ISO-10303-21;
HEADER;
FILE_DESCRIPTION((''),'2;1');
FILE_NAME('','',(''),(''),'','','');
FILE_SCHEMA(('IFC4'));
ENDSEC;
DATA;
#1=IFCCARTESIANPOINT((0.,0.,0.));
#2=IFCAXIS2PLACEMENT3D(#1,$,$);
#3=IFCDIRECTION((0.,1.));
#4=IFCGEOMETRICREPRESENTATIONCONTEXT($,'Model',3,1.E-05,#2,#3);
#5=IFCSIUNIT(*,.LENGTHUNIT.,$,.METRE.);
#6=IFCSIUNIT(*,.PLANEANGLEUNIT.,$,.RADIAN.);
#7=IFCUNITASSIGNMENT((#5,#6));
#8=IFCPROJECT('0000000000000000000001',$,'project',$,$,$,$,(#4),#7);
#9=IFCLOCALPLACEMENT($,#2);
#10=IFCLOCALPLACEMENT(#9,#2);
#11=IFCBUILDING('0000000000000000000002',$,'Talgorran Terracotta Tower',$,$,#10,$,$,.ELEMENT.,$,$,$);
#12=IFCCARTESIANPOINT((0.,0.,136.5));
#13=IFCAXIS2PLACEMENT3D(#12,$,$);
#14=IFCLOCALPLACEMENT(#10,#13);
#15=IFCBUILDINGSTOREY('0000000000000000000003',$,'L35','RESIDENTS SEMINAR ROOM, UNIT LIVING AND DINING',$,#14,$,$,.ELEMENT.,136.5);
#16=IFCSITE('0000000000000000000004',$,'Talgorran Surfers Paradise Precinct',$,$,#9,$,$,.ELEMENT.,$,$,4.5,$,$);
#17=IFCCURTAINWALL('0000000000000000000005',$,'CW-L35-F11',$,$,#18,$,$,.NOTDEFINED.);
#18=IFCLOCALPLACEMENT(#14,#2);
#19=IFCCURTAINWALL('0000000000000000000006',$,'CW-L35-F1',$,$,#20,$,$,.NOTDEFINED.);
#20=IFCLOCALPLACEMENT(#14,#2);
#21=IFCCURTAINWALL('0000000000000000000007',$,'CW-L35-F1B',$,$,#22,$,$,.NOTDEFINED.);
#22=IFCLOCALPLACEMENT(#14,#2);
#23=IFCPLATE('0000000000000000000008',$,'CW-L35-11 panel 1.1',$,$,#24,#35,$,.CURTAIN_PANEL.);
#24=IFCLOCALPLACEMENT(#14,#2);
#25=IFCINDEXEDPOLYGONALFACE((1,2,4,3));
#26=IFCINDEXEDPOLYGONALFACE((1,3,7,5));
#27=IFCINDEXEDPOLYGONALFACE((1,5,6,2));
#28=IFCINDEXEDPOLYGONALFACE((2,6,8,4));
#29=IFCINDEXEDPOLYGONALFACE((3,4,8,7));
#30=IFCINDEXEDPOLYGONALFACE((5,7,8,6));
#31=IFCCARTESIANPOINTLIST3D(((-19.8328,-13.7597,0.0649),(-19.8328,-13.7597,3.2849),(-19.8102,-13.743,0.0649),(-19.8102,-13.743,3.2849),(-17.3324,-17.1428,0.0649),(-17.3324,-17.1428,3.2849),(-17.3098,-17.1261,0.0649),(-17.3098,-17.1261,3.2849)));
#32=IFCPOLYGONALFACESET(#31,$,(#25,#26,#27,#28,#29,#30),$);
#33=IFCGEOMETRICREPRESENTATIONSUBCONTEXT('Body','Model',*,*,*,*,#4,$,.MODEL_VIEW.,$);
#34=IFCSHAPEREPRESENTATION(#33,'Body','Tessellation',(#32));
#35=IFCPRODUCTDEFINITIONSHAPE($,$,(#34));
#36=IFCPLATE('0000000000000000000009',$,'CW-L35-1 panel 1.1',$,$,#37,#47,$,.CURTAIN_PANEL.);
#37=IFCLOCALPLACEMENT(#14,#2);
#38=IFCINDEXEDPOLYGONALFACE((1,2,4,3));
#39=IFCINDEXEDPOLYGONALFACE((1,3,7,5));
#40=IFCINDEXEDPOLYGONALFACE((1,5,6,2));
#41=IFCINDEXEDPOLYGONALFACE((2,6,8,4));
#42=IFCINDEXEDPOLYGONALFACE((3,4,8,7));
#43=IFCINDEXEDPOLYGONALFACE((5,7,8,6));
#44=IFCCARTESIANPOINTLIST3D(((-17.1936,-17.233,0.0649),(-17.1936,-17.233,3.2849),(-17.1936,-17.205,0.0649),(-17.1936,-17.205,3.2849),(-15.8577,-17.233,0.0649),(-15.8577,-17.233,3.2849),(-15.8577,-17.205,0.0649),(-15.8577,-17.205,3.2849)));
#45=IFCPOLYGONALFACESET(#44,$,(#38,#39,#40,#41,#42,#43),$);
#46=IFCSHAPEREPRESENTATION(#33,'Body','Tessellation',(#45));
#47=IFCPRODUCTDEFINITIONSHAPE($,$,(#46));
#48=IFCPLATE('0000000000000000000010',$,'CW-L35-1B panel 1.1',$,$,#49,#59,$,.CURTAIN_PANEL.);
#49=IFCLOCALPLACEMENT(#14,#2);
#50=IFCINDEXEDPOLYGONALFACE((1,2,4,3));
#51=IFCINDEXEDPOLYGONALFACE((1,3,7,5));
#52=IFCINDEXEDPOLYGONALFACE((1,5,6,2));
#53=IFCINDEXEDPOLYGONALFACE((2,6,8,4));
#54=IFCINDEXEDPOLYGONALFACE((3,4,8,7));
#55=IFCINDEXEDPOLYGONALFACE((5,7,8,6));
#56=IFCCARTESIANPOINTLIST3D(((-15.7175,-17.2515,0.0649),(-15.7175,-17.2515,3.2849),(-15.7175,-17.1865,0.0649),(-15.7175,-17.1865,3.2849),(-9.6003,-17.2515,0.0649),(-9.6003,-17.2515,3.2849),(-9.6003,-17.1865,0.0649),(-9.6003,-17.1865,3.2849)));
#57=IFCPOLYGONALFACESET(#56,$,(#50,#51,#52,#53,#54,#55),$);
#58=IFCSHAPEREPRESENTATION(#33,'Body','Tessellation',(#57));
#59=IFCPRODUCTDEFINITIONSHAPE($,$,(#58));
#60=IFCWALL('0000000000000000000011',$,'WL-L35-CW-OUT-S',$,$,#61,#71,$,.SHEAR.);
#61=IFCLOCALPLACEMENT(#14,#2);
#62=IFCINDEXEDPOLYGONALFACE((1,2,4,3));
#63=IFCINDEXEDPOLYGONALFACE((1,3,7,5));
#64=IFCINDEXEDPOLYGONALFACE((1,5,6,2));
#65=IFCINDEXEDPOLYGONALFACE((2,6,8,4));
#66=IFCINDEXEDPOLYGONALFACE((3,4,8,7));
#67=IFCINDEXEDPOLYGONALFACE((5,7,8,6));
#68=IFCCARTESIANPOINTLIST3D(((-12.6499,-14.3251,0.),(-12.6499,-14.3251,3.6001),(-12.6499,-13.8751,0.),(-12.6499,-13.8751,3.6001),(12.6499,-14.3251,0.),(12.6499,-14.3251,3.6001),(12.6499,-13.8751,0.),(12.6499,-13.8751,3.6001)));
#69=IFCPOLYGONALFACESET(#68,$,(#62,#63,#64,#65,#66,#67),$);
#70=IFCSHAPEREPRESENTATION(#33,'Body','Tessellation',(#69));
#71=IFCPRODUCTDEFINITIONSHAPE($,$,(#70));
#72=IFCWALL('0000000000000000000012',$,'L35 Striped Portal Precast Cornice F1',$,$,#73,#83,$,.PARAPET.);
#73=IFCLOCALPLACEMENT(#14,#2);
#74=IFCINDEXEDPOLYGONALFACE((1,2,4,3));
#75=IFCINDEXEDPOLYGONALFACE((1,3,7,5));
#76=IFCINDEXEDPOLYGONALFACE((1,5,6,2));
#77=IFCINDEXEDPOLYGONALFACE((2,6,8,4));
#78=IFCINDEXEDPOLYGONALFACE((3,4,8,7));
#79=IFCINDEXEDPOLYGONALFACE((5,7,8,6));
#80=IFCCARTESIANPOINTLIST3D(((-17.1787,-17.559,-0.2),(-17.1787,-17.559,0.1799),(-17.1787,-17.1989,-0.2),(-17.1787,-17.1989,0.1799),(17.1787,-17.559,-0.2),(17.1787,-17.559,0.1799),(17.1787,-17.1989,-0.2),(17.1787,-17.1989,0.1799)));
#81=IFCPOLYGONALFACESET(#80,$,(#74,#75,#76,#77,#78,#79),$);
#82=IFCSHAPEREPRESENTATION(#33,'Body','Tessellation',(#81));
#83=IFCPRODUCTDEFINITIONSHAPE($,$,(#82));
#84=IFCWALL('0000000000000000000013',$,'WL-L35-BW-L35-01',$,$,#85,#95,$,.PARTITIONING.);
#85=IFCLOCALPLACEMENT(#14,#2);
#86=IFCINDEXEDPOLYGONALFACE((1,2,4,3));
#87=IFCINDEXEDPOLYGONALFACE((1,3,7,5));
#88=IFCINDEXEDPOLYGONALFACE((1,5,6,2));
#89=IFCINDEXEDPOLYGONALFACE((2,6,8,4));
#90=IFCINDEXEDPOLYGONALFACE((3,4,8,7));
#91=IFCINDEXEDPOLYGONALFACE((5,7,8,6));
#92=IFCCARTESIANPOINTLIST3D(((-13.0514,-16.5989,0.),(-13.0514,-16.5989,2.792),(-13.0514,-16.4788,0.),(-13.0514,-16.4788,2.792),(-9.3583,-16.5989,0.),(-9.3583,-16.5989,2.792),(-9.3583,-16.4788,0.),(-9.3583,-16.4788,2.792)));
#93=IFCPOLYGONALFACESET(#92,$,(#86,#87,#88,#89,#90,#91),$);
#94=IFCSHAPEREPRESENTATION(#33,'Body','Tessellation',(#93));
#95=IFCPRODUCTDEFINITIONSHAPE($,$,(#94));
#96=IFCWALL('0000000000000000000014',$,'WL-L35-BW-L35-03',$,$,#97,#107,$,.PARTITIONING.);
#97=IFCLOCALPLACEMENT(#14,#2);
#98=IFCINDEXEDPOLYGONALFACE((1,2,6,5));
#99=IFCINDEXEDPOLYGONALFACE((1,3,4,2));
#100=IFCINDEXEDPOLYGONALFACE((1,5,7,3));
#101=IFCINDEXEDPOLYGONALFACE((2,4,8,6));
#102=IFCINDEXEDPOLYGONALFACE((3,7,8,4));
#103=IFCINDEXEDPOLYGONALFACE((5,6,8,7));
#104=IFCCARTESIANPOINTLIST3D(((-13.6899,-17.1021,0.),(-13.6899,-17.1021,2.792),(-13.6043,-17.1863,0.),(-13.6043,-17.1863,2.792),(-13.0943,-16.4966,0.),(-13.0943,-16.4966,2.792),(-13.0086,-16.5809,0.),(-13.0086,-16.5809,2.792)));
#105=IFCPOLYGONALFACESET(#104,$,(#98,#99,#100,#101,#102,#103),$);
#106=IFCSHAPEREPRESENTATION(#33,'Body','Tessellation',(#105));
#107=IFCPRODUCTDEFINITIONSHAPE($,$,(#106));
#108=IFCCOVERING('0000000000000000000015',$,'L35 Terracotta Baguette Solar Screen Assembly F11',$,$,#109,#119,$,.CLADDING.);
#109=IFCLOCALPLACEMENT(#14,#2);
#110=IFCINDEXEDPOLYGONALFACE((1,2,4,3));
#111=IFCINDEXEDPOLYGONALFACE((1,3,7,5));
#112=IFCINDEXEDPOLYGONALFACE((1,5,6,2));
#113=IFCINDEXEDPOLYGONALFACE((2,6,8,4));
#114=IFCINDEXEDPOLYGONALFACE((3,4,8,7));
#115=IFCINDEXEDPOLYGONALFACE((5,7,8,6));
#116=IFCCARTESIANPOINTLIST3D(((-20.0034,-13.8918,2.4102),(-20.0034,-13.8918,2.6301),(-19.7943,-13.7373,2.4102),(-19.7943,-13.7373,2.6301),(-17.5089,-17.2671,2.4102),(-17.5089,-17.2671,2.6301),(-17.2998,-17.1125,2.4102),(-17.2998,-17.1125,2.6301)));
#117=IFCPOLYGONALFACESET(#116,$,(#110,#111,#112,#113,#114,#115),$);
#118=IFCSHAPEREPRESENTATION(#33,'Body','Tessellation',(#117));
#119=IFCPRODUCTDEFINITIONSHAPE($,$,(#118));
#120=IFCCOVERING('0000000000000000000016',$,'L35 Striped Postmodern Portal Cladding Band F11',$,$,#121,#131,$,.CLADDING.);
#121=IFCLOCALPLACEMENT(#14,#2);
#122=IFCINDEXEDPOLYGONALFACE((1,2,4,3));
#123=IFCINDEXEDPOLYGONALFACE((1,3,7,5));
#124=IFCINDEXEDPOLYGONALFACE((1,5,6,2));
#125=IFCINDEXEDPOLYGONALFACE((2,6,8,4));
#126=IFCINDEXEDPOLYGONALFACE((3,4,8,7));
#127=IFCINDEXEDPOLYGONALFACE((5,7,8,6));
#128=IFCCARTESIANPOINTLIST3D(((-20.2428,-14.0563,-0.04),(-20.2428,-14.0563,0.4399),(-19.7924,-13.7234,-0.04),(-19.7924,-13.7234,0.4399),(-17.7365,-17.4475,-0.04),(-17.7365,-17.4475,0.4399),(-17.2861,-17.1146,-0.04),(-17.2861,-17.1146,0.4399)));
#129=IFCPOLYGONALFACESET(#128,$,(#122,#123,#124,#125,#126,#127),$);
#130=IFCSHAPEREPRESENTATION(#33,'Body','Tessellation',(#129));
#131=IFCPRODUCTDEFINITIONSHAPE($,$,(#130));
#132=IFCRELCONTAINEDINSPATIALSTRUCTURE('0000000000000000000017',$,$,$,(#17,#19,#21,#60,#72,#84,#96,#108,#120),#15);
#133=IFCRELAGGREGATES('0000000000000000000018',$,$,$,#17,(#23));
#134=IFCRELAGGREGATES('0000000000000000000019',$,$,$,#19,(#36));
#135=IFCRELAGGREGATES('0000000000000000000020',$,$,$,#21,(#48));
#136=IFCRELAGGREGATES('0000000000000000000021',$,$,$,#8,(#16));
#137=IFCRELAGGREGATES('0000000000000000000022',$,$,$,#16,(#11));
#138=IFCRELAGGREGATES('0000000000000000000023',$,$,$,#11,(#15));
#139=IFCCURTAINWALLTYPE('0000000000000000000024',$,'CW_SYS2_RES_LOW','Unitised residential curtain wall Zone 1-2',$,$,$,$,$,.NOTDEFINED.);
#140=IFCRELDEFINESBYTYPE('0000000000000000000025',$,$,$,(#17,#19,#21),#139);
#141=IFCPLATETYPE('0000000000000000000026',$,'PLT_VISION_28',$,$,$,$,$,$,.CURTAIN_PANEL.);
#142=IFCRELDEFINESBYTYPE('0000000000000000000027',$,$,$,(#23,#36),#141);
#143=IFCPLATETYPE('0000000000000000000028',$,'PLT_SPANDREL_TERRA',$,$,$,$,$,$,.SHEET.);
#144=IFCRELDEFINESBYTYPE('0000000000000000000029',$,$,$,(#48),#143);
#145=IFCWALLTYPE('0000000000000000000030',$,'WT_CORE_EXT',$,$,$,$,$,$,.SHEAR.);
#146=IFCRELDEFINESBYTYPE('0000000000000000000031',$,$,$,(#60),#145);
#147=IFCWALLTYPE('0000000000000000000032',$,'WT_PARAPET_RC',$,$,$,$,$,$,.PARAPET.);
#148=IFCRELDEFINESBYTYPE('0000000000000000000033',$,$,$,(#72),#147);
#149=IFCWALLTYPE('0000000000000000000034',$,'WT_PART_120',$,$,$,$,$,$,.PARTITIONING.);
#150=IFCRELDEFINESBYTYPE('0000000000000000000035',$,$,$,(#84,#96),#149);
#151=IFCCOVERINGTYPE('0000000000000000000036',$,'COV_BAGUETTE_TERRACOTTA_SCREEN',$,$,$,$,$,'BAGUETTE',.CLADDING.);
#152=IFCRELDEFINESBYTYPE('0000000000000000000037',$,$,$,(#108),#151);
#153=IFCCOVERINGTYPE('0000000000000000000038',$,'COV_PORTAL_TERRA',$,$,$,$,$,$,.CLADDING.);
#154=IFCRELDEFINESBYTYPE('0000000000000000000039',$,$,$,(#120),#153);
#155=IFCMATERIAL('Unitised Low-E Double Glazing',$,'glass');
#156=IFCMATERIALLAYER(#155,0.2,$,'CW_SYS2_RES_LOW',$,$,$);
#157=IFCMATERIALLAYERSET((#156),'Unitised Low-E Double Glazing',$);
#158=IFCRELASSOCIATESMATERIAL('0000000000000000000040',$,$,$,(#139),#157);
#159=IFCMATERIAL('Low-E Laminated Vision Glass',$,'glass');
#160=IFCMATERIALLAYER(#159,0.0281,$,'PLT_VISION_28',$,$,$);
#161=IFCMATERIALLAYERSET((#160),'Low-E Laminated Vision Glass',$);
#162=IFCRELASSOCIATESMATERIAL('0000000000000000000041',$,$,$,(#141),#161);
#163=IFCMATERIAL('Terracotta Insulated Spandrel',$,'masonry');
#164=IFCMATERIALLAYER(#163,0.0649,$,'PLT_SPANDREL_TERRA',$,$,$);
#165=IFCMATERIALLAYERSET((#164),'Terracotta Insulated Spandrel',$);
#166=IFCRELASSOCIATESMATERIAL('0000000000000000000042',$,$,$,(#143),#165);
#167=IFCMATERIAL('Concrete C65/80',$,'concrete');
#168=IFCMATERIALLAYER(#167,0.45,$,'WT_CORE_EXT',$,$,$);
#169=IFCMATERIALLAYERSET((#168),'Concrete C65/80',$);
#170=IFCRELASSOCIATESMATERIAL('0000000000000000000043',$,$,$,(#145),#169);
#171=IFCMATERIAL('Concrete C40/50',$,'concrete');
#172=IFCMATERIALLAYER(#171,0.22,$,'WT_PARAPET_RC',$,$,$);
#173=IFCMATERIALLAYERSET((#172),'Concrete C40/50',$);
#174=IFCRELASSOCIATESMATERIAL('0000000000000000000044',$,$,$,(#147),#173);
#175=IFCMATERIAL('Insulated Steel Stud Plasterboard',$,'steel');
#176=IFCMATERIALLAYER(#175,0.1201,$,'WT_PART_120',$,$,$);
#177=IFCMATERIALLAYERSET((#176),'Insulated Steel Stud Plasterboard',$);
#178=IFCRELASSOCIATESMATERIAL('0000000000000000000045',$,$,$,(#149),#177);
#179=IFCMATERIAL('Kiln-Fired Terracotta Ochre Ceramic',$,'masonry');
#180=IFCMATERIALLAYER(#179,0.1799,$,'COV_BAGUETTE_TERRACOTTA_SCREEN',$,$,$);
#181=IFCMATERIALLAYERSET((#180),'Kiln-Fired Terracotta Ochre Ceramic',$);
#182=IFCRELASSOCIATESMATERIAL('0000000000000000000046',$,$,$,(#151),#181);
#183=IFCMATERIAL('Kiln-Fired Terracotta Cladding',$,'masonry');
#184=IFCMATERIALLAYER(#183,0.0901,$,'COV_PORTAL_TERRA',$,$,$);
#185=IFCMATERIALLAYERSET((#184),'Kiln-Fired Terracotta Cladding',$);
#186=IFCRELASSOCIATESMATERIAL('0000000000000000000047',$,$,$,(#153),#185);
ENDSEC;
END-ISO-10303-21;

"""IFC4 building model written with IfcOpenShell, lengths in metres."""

from ifc_helpers import new_model, si_unit, direction, frame, frame_2d, origin, origin_2d, place, context, subcontext, project, spatial, rectangle, extrude, source, transform, mapped, material, layer, layer_set, type_object, type_shapes, element, aggregate, save


model = new_model("IFC4")

# Units and contexts
model_context = context("Model", 3, precision=1e-05, world=origin(), true_north=direction((0.0, 1.0)))
body_context = subcontext(model_context, "Body", "Model", "MODEL_VIEW")
ifc_project = project(units=[si_unit("LENGTHUNIT", "METRE"), si_unit("PLANEANGLEUNIT", "RADIAN")], contexts=[model_context])

# Site, building, storey
site_placement = place(None, origin())
site = spatial("IfcSite", under=ifc_project, at=site_placement, Name="Talgorran Surfers Paradise Precinct", CompositionType="ELEMENT", RefElevation=4.5)
building_placement = place(site_placement, origin())
building = spatial("IfcBuilding", under=site, at=building_placement, Name="Talgorran Terracotta Tower", CompositionType="ELEMENT")
storey_placement = place(building_placement, frame((0.0, 0.0, 136.5)))
storey = spatial("IfcBuildingStorey", under=building, at=storey_placement, Name="L35", Description="RESIDENTS SEMINAR ROOM, UNIT LIVING AND DINING", CompositionType="ELEMENT", Elevation=136.5)

# Curtain wall
ifc_material_1 = material(Name="Unitised Low-E Double Glazing", Category="glass")
ifc_layer_1 = layer(ifc_material_1, 0.2, Name="CW_SYS2_RES_LOW")
ifc_layer_set_1 = layer_set([ifc_layer_1], Name="Unitised Low-E Double Glazing")
curtain_wall_type = type_object("IfcCurtainWallType", Name="CW_SYS2_RES_LOW", Description="Unitised residential curtain wall Zone 1-2", PredefinedType="NOTDEFINED", material=ifc_layer_set_1)
curtain_wall_1_placement = place(storey_placement, origin())
curtain_wall_1 = element("IfcCurtainWall", 1, at=curtain_wall_1_placement, inside=storey, type_object=curtain_wall_type, Name="CW-L35-F11", PredefinedType="NOTDEFINED")

# Curtain wall
curtain_wall_2_placement = place(storey_placement, origin())
curtain_wall_2 = element("IfcCurtainWall", 2, at=curtain_wall_2_placement, inside=storey, type_object=curtain_wall_type, Name="CW-L35-F1", PredefinedType="NOTDEFINED")

# Curtain wall
curtain_wall_3_placement = place(storey_placement, origin())
curtain_wall_3 = element("IfcCurtainWall", 3, at=curtain_wall_3_placement, inside=storey, type_object=curtain_wall_type, Name="CW-L35-F1B", PredefinedType="NOTDEFINED")

# Plates
ifc_material_2 = material(Name="Low-E Laminated Vision Glass", Category="glass")
ifc_layer_2 = layer(ifc_material_2, 0.0281, Name="PLT_VISION_28")
ifc_layer_set_2 = layer_set([ifc_layer_2], Name="Low-E Laminated Vision Glass")
plate_type_1 = type_object("IfcPlateType", Name="PLT_VISION_28", PredefinedType="CURTAIN_PANEL", material=ifc_layer_set_2)
shared_shape_1 = source(origin(), body_context, "Body", "SweptSolid", [
    extrude(rectangle(XDim=4.2068, YDim=0.0281, at=origin_2d()), origin(), (0.0, 0.0, 1.0), 3.22),
])
plate_1_placement = place(storey_placement, frame((-18.5713, -15.4429, 0.0649), z_axis=(0.0, 0.0, 1.0), x_axis=(0.594366, -0.804194, 0.0)))
plate_1 = element("IfcPlate", 4, at=plate_1_placement, type_object=plate_type_1, Name="CW-L35-11 panel 1.1", PredefinedType="CURTAIN_PANEL", context=body_context, shape_type="MappedRepresentation", body=[
    mapped(shared_shape_1, transform((0.0, 0.0, 0.0), scale=1.0)),
])
aggregate(curtain_wall_1, [plate_1])
shared_shape_2 = source(origin(), body_context, "Body", "SweptSolid", [
    extrude(rectangle(XDim=1.3359, YDim=0.0281, at=origin_2d()), origin(), (0.0, 0.0, 1.0), 3.22),
])
type_shapes(plate_type_1, [shared_shape_1, shared_shape_2])
plate_2_placement = place(storey_placement, frame((-16.5256, -17.219, 0.0649), z_axis=(0.0, 0.0, 1.0), x_axis=(1.0, 0.0, 0.0)))
plate_2 = element("IfcPlate", 5, at=plate_2_placement, type_object=plate_type_1, Name="CW-L35-1 panel 1.1", PredefinedType="CURTAIN_PANEL", context=body_context, shape_type="MappedRepresentation", body=[
    mapped(shared_shape_2, transform((0.0, 0.0, 0.0), scale=1.0)),
])
aggregate(curtain_wall_2, [plate_2])
ifc_material_3 = material(Name="Terracotta Insulated Spandrel", Category="masonry")
ifc_layer_3 = layer(ifc_material_3, 0.0649, Name="PLT_SPANDREL_TERRA")
ifc_layer_set_3 = layer_set([ifc_layer_3], Name="Terracotta Insulated Spandrel")
plate_type_2 = type_object("IfcPlateType", Name="PLT_SPANDREL_TERRA", PredefinedType="SHEET", material=ifc_layer_set_3)
shared_shape_3 = source(origin(), body_context, "Body", "SweptSolid", [
    extrude(rectangle(XDim=6.1172, YDim=0.0649, at=origin_2d()), origin(), (0.0, 0.0, 1.0), 3.22),
])
type_shapes(plate_type_2, [shared_shape_3])
plate_3_placement = place(storey_placement, frame((-12.6589, -17.219, 0.0649), z_axis=(0.0, 0.0, 1.0), x_axis=(1.0, 0.0, 0.0)))
plate_3 = element("IfcPlate", 6, at=plate_3_placement, type_object=plate_type_2, Name="CW-L35-1B panel 1.1", PredefinedType="CURTAIN_PANEL", context=body_context, shape_type="MappedRepresentation", body=[
    mapped(shared_shape_3, transform((0.0, 0.0, 0.0), scale=1.0)),
])
aggregate(curtain_wall_3, [plate_3])

# Walls
ifc_material_4 = material(Name="Concrete C65/80", Category="concrete")
ifc_layer_4 = layer(ifc_material_4, 0.45, Name="WT_CORE_EXT")
ifc_layer_set_4 = layer_set([ifc_layer_4], Name="Concrete C65/80")
wall_type_1 = type_object("IfcWallType", Name="WT_CORE_EXT", PredefinedType="SHEAR", material=ifc_layer_set_4)
wall_1_placement = place(storey_placement, frame((-12.6499, -14.1001, 0.0), z_axis=(0.0, 0.0, 1.0), x_axis=(1.0, 0.0, 0.0)))
element("IfcWall", 7, at=wall_1_placement, inside=storey, type_object=wall_type_1, Name="WL-L35-CW-OUT-S", PredefinedType="SHEAR", context=body_context, shape_type="SweptSolid", body=[
    extrude(rectangle(XDim=25.2998, YDim=0.45, at=frame_2d((12.6499, 0.0))), origin(), (0.0, 0.0, 1.0), 3.6001),
])
ifc_material_5 = material(Name="Concrete C40/50", Category="concrete")
ifc_layer_5 = layer(ifc_material_5, 0.22, Name="WT_PARAPET_RC")
ifc_layer_set_5 = layer_set([ifc_layer_5], Name="Concrete C40/50")
wall_type_2 = type_object("IfcWallType", Name="WT_PARAPET_RC", PredefinedType="PARAPET", material=ifc_layer_set_5)
wall_2_placement = place(storey_placement, frame((-17.1787, -17.3789, -0.2), z_axis=(0.0, 0.0, 1.0), x_axis=(1.0, 0.0, 0.0)))
element("IfcWall", 8, at=wall_2_placement, inside=storey, type_object=wall_type_2, Name="L35 Striped Portal Precast Cornice F1", PredefinedType="PARAPET", context=body_context, shape_type="SweptSolid", body=[
    extrude(rectangle(XDim=34.3574, YDim=0.3601, at=frame_2d((17.1787, 0.0))), origin(), (0.0, 0.0, 1.0), 0.3799),
])
ifc_material_6 = material(Name="Insulated Steel Stud Plasterboard", Category="steel")
ifc_layer_6 = layer(ifc_material_6, 0.1201, Name="WT_PART_120")
ifc_layer_set_6 = layer_set([ifc_layer_6], Name="Insulated Steel Stud Plasterboard")
wall_type_3 = type_object("IfcWallType", Name="WT_PART_120", PredefinedType="PARTITIONING", material=ifc_layer_set_6)
wall_3_placement = place(storey_placement, frame((-13.0515, -16.5388, 0.0), z_axis=(0.0, 0.0, 1.0), x_axis=(1.0, 0.0, 0.0)))
element("IfcWall", 9, at=wall_3_placement, inside=storey, type_object=wall_type_3, Name="WL-L35-BW-L35-01", PredefinedType="PARTITIONING", context=body_context, shape_type="SweptSolid", body=[
    extrude(rectangle(XDim=3.6931, YDim=0.1201, at=frame_2d((1.8467, 0.0))), origin(), (0.0, 0.0, 1.0), 2.792),
])
wall_4_placement = place(storey_placement, frame((-13.6472, -17.1443, 0.0), z_axis=(0.0, 0.0, 1.0), x_axis=(0.701335, 0.712832, 0.0)))
element("IfcWall", 10, at=wall_4_placement, inside=storey, type_object=wall_type_3, Name="WL-L35-BW-L35-03", PredefinedType="PARTITIONING", context=body_context, shape_type="SweptSolid", body=[
    extrude(rectangle(XDim=0.8494, YDim=0.1201, at=frame_2d((0.4248, 0.0))), origin(), (0.0, 0.0, 1.0), 2.792),
])

# Coverings
ifc_material_7 = material(Name="Kiln-Fired Terracotta Ochre Ceramic", Category="masonry")
ifc_layer_7 = layer(ifc_material_7, 0.1799, Name="COV_BAGUETTE_TERRACOTTA_SCREEN")
ifc_layer_set_7 = layer_set([ifc_layer_7], Name="Kiln-Fired Terracotta Ochre Ceramic")
covering_type_1 = type_object("IfcCoveringType", Name="COV_BAGUETTE_TERRACOTTA_SCREEN", ElementType="BAGUETTE", PredefinedType="CLADDING", material=ifc_layer_set_7)
covering_1_placement = place(storey_placement, frame((-18.6516, -15.5022, 2.4102), z_axis=(0.0, 0.0, 1.0), x_axis=(0.59436, -0.804199, 0.0)))
element("IfcCovering", 11, at=covering_1_placement, inside=storey, type_object=covering_type_1, Name="L35 Terracotta Baguette Solar Screen Assembly F11", PredefinedType="CLADDING", context=body_context, shape_type="SweptSolid", body=[
    extrude(rectangle(XDim=4.197, YDim=0.26, at=origin_2d()), origin(), (0.0, 0.0, 1.0), 0.22),
])
ifc_material_8 = material(Name="Kiln-Fired Terracotta Cladding", Category="masonry")
ifc_layer_8 = layer(ifc_material_8, 0.0901, Name="COV_PORTAL_TERRA")
ifc_layer_set_8 = layer_set([ifc_layer_8], Name="Kiln-Fired Terracotta Cladding")
covering_type_2 = type_object("IfcCoveringType", Name="COV_PORTAL_TERRA", PredefinedType="CLADDING", material=ifc_layer_set_8)
covering_2_placement = place(storey_placement, frame((-18.7644, -15.5854, -0.04), z_axis=(0.0, 0.0, 1.0), x_axis=(0.59436, -0.804199, 0.0)))
element("IfcCovering", 12, at=covering_2_placement, inside=storey, type_object=covering_type_2, Name="L35 Striped Postmodern Portal Cladding Band F11", PredefinedType="CLADDING", context=body_context, shape_type="SweptSolid", body=[
    extrude(rectangle(XDim=4.2168, YDim=0.5601, at=origin_2d()), origin(), (0.0, 0.0, 1.0), 0.48),
])

save(model, "model.ifc")
